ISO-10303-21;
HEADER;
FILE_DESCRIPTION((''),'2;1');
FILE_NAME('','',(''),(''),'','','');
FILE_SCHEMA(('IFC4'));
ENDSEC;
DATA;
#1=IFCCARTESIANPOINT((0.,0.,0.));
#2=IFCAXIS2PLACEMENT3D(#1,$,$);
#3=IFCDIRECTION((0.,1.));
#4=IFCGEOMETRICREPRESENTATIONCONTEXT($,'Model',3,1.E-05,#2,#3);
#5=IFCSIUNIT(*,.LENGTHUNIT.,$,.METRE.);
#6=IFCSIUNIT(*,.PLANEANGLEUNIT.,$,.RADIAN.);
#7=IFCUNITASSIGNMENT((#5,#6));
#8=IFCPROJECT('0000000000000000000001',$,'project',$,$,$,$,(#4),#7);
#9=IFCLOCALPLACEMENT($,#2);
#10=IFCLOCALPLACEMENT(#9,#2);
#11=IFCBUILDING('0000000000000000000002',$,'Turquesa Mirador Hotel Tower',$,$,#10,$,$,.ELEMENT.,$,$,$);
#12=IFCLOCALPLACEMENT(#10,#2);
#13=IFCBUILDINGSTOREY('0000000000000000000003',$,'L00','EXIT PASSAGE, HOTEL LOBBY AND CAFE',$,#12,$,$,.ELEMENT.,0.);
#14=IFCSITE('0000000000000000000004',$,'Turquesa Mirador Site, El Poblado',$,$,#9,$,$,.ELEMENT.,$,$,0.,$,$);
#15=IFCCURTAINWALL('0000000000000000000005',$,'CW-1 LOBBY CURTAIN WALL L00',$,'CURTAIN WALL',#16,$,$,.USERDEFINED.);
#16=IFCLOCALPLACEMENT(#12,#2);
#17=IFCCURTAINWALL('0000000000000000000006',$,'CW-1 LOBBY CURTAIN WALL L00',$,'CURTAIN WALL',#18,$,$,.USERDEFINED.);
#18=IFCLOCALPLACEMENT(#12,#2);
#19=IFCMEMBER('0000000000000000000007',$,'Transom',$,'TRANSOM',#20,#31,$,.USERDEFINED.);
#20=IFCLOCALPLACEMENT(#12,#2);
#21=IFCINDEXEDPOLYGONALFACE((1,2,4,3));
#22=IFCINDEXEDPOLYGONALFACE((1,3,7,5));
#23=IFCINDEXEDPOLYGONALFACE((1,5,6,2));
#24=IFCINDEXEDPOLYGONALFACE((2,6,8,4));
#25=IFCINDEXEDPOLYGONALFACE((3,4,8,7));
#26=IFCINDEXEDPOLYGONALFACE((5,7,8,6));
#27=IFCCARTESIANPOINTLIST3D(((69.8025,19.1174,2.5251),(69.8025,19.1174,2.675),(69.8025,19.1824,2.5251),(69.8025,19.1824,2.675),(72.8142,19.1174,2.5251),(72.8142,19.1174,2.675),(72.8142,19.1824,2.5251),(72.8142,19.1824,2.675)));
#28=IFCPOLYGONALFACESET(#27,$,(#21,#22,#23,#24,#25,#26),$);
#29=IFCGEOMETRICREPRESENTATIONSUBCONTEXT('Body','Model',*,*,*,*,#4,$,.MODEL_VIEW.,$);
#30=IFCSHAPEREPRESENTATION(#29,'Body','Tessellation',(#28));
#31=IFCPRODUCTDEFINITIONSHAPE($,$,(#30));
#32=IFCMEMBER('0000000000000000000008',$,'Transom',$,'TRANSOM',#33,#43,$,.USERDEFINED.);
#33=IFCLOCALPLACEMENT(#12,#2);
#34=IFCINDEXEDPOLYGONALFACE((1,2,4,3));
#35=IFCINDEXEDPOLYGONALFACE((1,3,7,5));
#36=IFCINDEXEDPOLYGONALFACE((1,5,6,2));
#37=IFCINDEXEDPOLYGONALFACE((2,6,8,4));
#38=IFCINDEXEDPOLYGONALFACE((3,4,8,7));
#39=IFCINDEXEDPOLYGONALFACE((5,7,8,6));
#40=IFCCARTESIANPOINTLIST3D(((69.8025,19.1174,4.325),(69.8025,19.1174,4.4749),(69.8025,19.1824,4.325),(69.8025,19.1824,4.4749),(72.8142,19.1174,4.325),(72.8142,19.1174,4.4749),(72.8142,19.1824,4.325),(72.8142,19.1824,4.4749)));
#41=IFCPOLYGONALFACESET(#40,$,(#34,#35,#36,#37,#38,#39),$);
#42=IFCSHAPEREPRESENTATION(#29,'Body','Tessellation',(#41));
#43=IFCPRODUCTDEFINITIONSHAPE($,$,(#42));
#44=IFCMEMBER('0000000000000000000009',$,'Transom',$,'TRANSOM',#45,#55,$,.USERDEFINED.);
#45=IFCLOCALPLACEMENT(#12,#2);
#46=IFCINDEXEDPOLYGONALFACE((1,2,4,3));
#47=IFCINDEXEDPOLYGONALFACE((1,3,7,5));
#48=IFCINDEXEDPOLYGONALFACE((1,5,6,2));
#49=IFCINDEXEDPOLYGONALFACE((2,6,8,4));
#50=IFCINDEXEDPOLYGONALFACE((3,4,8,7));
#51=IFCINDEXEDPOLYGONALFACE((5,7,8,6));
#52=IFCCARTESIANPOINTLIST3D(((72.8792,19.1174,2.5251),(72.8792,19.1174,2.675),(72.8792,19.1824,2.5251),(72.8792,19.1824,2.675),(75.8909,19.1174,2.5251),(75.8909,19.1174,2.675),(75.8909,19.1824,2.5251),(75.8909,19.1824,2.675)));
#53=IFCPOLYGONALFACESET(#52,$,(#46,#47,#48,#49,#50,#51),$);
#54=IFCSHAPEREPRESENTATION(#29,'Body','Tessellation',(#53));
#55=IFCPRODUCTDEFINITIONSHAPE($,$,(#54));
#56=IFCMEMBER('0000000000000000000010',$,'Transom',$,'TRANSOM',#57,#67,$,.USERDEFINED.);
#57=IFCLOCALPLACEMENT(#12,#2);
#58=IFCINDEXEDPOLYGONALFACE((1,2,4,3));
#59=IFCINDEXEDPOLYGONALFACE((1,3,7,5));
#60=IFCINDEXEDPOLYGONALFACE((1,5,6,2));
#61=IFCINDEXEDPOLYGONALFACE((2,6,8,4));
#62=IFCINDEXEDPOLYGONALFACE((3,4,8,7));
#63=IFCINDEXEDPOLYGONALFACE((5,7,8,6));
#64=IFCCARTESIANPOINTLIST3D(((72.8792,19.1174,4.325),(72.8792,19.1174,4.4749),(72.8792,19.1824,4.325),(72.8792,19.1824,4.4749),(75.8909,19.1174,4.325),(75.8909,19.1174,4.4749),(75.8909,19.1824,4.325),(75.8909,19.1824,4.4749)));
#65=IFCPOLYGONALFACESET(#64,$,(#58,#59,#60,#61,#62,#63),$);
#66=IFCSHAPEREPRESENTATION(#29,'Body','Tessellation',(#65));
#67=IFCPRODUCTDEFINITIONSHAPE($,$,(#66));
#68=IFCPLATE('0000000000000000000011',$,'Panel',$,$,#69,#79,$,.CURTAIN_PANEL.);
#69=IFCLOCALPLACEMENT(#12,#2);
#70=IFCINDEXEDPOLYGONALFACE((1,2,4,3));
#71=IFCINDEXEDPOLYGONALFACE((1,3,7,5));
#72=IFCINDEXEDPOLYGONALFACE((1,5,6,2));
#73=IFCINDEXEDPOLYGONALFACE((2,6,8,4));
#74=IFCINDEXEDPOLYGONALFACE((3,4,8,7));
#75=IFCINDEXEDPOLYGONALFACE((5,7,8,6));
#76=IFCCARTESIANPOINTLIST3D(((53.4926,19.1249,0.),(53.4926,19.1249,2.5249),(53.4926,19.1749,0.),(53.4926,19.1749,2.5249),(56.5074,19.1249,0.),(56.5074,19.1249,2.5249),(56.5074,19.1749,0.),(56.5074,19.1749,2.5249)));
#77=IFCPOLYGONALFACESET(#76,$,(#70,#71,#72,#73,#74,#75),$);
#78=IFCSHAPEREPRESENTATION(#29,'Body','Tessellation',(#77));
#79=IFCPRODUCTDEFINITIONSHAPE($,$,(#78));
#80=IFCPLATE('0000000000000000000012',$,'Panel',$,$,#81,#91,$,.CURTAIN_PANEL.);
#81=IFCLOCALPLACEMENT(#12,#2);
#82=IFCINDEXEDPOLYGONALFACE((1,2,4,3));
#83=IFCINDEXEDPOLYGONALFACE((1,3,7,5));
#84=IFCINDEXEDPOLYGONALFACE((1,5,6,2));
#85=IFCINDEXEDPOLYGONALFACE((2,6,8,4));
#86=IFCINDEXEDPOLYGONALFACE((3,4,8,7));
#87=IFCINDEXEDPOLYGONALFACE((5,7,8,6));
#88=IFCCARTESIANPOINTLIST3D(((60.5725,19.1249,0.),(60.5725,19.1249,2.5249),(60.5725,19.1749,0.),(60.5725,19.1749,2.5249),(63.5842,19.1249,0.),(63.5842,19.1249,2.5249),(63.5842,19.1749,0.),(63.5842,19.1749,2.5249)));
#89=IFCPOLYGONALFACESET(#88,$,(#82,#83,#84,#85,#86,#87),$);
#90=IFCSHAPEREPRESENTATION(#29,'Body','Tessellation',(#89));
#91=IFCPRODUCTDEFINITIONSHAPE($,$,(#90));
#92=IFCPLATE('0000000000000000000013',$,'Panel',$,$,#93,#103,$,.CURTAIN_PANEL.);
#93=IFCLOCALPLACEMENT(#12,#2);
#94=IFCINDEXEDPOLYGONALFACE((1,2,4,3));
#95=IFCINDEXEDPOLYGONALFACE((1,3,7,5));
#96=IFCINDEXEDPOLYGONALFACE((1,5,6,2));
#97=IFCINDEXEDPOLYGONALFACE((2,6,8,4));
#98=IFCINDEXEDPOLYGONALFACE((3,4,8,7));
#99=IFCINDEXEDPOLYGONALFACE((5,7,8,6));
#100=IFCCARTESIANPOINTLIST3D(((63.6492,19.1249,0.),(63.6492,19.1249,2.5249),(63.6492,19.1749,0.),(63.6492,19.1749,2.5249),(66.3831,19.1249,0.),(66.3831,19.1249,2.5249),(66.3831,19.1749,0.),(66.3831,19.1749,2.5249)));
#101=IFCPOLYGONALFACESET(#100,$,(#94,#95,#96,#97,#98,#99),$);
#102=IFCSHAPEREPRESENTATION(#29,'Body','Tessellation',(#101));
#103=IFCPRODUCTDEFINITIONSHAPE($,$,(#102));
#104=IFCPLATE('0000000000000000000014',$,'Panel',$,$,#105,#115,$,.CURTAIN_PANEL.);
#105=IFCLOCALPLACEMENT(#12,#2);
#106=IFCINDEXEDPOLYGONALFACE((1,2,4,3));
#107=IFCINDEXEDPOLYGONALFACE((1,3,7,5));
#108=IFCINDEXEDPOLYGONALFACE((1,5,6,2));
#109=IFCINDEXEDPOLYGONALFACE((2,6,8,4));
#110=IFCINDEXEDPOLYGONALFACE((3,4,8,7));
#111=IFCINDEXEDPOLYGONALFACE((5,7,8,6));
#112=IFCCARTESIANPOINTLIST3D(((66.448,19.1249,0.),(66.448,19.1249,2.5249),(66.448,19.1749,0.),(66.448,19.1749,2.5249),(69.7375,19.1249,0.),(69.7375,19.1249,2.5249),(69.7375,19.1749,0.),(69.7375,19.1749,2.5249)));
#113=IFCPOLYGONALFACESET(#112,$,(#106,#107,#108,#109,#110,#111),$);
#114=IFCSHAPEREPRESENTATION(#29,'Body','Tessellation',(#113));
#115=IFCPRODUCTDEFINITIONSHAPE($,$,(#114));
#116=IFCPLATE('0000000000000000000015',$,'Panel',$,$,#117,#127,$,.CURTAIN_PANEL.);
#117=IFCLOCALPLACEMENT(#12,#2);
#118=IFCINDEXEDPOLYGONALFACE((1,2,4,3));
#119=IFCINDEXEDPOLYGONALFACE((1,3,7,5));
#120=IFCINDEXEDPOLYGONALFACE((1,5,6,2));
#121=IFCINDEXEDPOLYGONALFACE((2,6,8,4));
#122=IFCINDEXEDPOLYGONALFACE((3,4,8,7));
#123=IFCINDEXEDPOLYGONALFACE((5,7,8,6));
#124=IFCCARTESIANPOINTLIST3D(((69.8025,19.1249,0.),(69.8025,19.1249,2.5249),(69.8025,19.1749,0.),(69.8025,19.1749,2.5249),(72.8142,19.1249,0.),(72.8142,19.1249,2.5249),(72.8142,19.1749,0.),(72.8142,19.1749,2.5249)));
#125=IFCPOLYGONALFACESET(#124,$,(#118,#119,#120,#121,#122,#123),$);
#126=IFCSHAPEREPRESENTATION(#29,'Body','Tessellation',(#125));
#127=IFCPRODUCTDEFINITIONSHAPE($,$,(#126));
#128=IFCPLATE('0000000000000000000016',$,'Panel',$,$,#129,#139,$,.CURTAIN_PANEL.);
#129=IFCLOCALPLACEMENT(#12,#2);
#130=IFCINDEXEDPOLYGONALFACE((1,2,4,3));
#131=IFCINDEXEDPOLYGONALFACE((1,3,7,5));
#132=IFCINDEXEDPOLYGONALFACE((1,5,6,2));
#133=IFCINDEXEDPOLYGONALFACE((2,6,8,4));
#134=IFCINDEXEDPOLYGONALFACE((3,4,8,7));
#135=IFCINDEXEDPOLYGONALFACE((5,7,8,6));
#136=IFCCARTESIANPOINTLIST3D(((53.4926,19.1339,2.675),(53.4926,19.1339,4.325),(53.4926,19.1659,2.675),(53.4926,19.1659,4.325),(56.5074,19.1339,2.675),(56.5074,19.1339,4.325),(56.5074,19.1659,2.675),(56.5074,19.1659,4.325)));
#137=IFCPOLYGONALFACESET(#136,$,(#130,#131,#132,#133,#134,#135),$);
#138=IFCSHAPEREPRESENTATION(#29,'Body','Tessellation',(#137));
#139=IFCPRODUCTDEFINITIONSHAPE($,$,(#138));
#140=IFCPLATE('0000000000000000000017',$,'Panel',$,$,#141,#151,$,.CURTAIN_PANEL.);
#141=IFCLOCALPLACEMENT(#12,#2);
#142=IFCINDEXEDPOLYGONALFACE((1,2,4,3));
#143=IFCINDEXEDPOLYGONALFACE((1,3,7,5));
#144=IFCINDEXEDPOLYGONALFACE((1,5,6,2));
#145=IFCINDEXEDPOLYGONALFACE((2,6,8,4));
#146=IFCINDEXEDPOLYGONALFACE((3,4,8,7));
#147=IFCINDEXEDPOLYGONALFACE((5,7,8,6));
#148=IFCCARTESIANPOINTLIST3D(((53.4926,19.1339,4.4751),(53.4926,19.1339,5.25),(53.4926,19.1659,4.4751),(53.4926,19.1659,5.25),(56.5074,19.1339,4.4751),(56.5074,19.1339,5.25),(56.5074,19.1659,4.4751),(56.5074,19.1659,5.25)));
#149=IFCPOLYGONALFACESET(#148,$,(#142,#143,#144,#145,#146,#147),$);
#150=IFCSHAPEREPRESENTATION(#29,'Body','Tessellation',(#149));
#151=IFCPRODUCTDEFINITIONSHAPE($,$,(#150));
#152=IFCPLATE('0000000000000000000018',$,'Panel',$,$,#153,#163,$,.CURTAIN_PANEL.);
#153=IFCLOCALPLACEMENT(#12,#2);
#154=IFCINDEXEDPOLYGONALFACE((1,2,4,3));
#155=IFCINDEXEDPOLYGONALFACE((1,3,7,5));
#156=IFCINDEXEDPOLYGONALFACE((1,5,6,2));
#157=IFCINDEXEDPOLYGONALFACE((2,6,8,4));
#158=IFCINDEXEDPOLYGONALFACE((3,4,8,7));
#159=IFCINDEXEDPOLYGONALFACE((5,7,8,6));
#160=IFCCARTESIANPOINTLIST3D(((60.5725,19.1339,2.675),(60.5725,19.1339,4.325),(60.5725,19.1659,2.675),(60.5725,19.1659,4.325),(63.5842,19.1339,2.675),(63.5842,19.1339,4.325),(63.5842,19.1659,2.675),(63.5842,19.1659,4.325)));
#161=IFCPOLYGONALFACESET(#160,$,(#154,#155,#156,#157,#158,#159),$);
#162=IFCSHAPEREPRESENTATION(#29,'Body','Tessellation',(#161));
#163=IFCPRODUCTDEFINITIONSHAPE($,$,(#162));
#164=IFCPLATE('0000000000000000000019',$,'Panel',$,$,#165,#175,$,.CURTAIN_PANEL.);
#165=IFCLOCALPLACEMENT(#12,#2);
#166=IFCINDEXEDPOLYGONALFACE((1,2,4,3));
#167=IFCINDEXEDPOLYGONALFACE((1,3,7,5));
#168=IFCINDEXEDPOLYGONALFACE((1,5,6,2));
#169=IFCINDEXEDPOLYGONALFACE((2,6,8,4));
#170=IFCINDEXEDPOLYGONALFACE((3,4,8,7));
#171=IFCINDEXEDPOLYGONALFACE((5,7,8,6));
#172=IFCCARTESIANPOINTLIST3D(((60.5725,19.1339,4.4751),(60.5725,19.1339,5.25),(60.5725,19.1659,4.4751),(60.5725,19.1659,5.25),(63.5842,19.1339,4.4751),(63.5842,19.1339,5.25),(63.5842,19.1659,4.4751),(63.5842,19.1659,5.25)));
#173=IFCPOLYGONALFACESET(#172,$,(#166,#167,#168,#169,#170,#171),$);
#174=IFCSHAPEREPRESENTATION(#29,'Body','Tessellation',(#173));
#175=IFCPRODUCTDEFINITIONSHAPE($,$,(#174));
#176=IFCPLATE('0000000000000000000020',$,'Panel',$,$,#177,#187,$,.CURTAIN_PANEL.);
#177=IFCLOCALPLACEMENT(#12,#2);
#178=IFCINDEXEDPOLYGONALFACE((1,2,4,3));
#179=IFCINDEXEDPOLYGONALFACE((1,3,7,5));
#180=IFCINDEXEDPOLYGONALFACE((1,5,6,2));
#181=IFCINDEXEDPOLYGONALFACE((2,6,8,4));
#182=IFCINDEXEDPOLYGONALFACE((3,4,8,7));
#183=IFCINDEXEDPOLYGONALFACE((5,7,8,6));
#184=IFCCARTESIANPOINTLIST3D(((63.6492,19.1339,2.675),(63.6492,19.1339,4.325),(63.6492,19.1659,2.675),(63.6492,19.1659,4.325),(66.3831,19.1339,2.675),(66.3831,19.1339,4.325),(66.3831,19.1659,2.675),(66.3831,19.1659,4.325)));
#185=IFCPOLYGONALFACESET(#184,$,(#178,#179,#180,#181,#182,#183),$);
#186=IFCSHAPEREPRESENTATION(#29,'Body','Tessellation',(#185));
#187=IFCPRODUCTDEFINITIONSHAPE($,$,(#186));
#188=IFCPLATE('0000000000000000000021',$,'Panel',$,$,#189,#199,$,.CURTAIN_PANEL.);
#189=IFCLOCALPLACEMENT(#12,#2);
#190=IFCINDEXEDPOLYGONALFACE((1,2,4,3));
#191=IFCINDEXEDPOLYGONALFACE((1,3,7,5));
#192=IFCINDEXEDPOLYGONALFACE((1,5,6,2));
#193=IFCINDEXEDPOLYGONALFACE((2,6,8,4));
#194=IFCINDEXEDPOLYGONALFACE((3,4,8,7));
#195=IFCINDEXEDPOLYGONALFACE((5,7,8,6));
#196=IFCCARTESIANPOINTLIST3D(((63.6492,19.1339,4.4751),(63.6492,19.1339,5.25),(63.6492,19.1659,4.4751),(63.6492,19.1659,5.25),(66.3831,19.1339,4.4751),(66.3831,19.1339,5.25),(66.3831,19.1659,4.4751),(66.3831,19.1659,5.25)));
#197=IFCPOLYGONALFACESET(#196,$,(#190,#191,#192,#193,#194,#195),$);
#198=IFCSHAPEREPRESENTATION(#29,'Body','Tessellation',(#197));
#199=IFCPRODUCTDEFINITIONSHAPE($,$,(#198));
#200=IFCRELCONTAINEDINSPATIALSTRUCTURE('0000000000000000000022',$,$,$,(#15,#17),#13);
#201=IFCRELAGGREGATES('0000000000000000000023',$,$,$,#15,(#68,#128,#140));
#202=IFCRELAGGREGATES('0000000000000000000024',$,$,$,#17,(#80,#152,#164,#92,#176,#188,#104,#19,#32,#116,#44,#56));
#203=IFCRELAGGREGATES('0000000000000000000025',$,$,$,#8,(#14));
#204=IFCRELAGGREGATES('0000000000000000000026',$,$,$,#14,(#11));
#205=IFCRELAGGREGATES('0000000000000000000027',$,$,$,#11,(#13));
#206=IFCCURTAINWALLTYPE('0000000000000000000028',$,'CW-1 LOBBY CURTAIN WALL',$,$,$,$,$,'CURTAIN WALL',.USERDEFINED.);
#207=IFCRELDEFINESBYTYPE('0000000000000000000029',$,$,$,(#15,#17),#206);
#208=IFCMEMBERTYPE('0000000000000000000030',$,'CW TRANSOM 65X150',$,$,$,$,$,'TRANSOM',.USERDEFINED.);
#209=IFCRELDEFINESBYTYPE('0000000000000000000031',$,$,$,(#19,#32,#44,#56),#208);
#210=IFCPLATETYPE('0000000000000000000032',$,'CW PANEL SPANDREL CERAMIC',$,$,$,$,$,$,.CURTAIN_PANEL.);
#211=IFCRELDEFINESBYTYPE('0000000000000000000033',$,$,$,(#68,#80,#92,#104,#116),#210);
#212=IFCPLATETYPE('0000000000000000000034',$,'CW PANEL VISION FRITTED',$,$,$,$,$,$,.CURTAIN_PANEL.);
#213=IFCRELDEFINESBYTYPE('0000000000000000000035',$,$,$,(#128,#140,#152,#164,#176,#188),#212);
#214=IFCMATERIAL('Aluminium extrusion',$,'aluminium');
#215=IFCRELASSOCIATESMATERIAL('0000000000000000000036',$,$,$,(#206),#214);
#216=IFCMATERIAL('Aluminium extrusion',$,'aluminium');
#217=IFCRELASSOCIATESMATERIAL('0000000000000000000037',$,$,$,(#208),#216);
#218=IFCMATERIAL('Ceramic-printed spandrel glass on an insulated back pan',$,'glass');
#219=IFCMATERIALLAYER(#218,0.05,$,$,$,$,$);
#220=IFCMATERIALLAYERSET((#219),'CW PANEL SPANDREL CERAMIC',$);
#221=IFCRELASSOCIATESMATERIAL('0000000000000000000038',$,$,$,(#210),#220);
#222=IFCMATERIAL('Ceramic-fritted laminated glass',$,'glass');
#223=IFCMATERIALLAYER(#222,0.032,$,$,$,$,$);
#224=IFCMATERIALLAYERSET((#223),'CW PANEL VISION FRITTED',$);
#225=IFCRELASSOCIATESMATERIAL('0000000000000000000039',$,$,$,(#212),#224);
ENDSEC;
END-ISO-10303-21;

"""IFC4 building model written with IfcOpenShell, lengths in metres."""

from ifc_helpers import new_model, si_unit, direction, frame, origin, origin_2d, place, context, subcontext, project, spatial, rectangle, extrude, material, layer, layer_set, material_profile, profile_set, type_object, element, aggregate, save


model = new_model("IFC4")

# Units and contexts
model_context = context("Model", 3, precision=1e-05, world=origin(), true_north=direction((0.0, 1.0)))
body_context = subcontext(model_context, "Body", "Model", "MODEL_VIEW")
ifc_project = project(units=[si_unit("LENGTHUNIT", "METRE"), si_unit("PLANEANGLEUNIT", "RADIAN")], contexts=[model_context])

# Site, building, storey
site_placement = place(None, origin())
site = spatial("IfcSite", under=ifc_project, at=site_placement, Name="Turquesa Mirador Site, El Poblado", CompositionType="ELEMENT", RefElevation=0.0)
building_placement = place(site_placement, origin())
building = spatial("IfcBuilding", under=site, at=building_placement, Name="Turquesa Mirador Hotel Tower", CompositionType="ELEMENT")
storey_placement = place(building_placement, origin())
storey = spatial("IfcBuildingStorey", under=building, at=storey_placement, Name="L00", Description="EXIT PASSAGE, HOTEL LOBBY AND CAFE", CompositionType="ELEMENT", Elevation=0.0)

# Curtain walls
ifc_material_1 = material(Name="Aluminium extrusion", Category="aluminium")
curtain_wall_type = type_object("IfcCurtainWallType", Name="CW-1 LOBBY CURTAIN WALL", ElementType="CURTAIN WALL", PredefinedType="USERDEFINED", material=ifc_material_1)
curtain_wall_1_placement = place(storey_placement, origin())
curtain_wall_1 = element("IfcCurtainWall", 1, at=curtain_wall_1_placement, inside=storey, type_object=curtain_wall_type, Name="CW-1 LOBBY CURTAIN WALL L00", ObjectType="CURTAIN WALL", PredefinedType="USERDEFINED")
curtain_wall_2_placement = place(storey_placement, origin())
curtain_wall_2 = element("IfcCurtainWall", 2, at=curtain_wall_2_placement, inside=storey, type_object=curtain_wall_type, Name="CW-1 LOBBY CURTAIN WALL L00", ObjectType="CURTAIN WALL", PredefinedType="USERDEFINED")

# Members
ifc_material_2 = material(Name="Aluminium extrusion", Category="aluminium")
ifc_material_profile_1 = material_profile(ifc_material_2, rectangle(XDim=0.0649, YDim=0.1499, at=origin_2d()), Name="TRANSOM 65X150")
ifc_profile_set_1 = profile_set([ifc_material_profile_1], Name="Aluminium extrusion")
member_type_1 = type_object("IfcMemberType", Name="CW TRANSOM 65X150", ElementType="TRANSOM", PredefinedType="USERDEFINED", material=ifc_profile_set_1)
member_1_placement = place(storey_placement, frame((69.8025, 19.1499, 2.6001), z_axis=(1.0, 0.0, 0.0), x_axis=(0.0, 1.0, 0.0)))
member_1 = element("IfcMember", 3, at=member_1_placement, type_object=member_type_1, Name="Transom", ObjectType="TRANSOM", PredefinedType="USERDEFINED", context=body_context, shape_type="SweptSolid", body=[
    extrude(rectangle(XDim=0.0649, YDim=0.1499, at=origin_2d()), origin(), (0.0, 0.0, 1.0), 3.0117),
])
member_2_placement = place(storey_placement, frame((69.8025, 19.1499, 4.3999), z_axis=(1.0, 0.0, 0.0), x_axis=(0.0, 1.0, 0.0)))
member_2 = element("IfcMember", 4, at=member_2_placement, type_object=member_type_1, Name="Transom", ObjectType="TRANSOM", PredefinedType="USERDEFINED", context=body_context, shape_type="SweptSolid", body=[
    extrude(rectangle(XDim=0.0649, YDim=0.1499, at=origin_2d()), origin(), (0.0, 0.0, 1.0), 3.0117),
])
member_3_placement = place(storey_placement, frame((72.8792, 19.1499, 2.6001), z_axis=(1.0, 0.0, 0.0), x_axis=(0.0, 1.0, 0.0)))
member_3 = element("IfcMember", 5, at=member_3_placement, type_object=member_type_1, Name="Transom", ObjectType="TRANSOM", PredefinedType="USERDEFINED", context=body_context, shape_type="SweptSolid", body=[
    extrude(rectangle(XDim=0.0649, YDim=0.1499, at=origin_2d()), origin(), (0.0, 0.0, 1.0), 3.0117),
])
member_4_placement = place(storey_placement, frame((72.8792, 19.1499, 4.3999), z_axis=(1.0, 0.0, 0.0), x_axis=(0.0, 1.0, 0.0)))
member_4 = element("IfcMember", 6, at=member_4_placement, type_object=member_type_1, Name="Transom", ObjectType="TRANSOM", PredefinedType="USERDEFINED", context=body_context, shape_type="SweptSolid", body=[
    extrude(rectangle(XDim=0.0649, YDim=0.1499, at=origin_2d()), origin(), (0.0, 0.0, 1.0), 3.0117),
])

# Plates
ifc_material_3 = material(Name="Ceramic-printed spandrel glass on an insulated back pan", Category="glass")
ifc_layer_1 = layer(ifc_material_3, 0.05)
ifc_layer_set_1 = layer_set([ifc_layer_1], Name="CW PANEL SPANDREL CERAMIC")
plate_type_1 = type_object("IfcPlateType", Name="CW PANEL SPANDREL CERAMIC", PredefinedType="CURTAIN_PANEL", material=ifc_layer_set_1)
plate_1_placement = place(storey_placement, frame((55.0, 19.1499, 0.0), z_axis=(0.0, 0.0, 1.0), x_axis=(1.0, 0.0, 0.0)))
plate_1 = element("IfcPlate", 7, at=plate_1_placement, type_object=plate_type_1, Name="Panel", PredefinedType="CURTAIN_PANEL", context=body_context, shape_type="SweptSolid", body=[
    extrude(rectangle(XDim=3.0149, YDim=0.05, at=origin_2d()), origin(), (0.0, 0.0, 1.0), 2.5249),
])
plate_2_placement = place(storey_placement, frame((62.0784, 19.1499, 0.0), z_axis=(0.0, 0.0, 1.0), x_axis=(1.0, 0.0, 0.0)))
plate_2 = element("IfcPlate", 8, at=plate_2_placement, type_object=plate_type_1, Name="Panel", PredefinedType="CURTAIN_PANEL", context=body_context, shape_type="SweptSolid", body=[
    extrude(rectangle(XDim=3.0117, YDim=0.05, at=origin_2d()), origin(), (0.0, 0.0, 1.0), 2.5249),
])
plate_3_placement = place(storey_placement, frame((65.0161, 19.1499, 0.0), z_axis=(0.0, 0.0, 1.0), x_axis=(1.0, 0.0, 0.0)))
plate_3 = element("IfcPlate", 9, at=plate_3_placement, type_object=plate_type_1, Name="Panel", PredefinedType="CURTAIN_PANEL", context=body_context, shape_type="SweptSolid", body=[
    extrude(rectangle(XDim=2.7339, YDim=0.05, at=origin_2d()), origin(), (0.0, 0.0, 1.0), 2.5249),
])
plate_4_placement = place(storey_placement, frame((68.0928, 19.1499, 0.0), z_axis=(0.0, 0.0, 1.0), x_axis=(1.0, 0.0, 0.0)))
plate_4 = element("IfcPlate", 10, at=plate_4_placement, type_object=plate_type_1, Name="Panel", PredefinedType="CURTAIN_PANEL", context=body_context, shape_type="SweptSolid", body=[
    extrude(rectangle(XDim=3.2896, YDim=0.05, at=origin_2d()), origin(), (0.0, 0.0, 1.0), 2.5249),
])
plate_5_placement = place(storey_placement, frame((71.3083, 19.1499, 0.0), z_axis=(0.0, 0.0, 1.0), x_axis=(1.0, 0.0, 0.0)))
plate_5 = element("IfcPlate", 11, at=plate_5_placement, type_object=plate_type_1, Name="Panel", PredefinedType="CURTAIN_PANEL", context=body_context, shape_type="SweptSolid", body=[
    extrude(rectangle(XDim=3.0117, YDim=0.05, at=origin_2d()), origin(), (0.0, 0.0, 1.0), 2.5249),
])
ifc_material_4 = material(Name="Ceramic-fritted laminated glass", Category="glass")
ifc_layer_2 = layer(ifc_material_4, 0.032)
ifc_layer_set_2 = layer_set([ifc_layer_2], Name="CW PANEL VISION FRITTED")
plate_type_2 = type_object("IfcPlateType", Name="CW PANEL VISION FRITTED", PredefinedType="CURTAIN_PANEL", material=ifc_layer_set_2)
plate_6_placement = place(storey_placement, frame((55.0, 19.1499, 2.675), z_axis=(0.0, 0.0, 1.0), x_axis=(1.0, 0.0, 0.0)))
plate_6 = element("IfcPlate", 12, at=plate_6_placement, type_object=plate_type_2, Name="Panel", PredefinedType="CURTAIN_PANEL", context=body_context, shape_type="SweptSolid", body=[
    extrude(rectangle(XDim=3.0149, YDim=0.032, at=origin_2d()), origin(), (0.0, 0.0, 1.0), 1.6499),
])
plate_7_placement = place(storey_placement, frame((55.0, 19.1499, 4.4751), z_axis=(0.0, 0.0, 1.0), x_axis=(1.0, 0.0, 0.0)))
plate_7 = element("IfcPlate", 13, at=plate_7_placement, type_object=plate_type_2, Name="Panel", PredefinedType="CURTAIN_PANEL", context=body_context, shape_type="SweptSolid", body=[
    extrude(rectangle(XDim=3.0149, YDim=0.032, at=origin_2d()), origin(), (0.0, 0.0, 1.0), 0.7749),
])
aggregate(curtain_wall_1, [plate_1, plate_6, plate_7])
plate_8_placement = place(storey_placement, frame((62.0784, 19.1499, 2.675), z_axis=(0.0, 0.0, 1.0), x_axis=(1.0, 0.0, 0.0)))
plate_8 = element("IfcPlate", 14, at=plate_8_placement, type_object=plate_type_2, Name="Panel", PredefinedType="CURTAIN_PANEL", context=body_context, shape_type="SweptSolid", body=[
    extrude(rectangle(XDim=3.0117, YDim=0.032, at=origin_2d()), origin(), (0.0, 0.0, 1.0), 1.6499),
])
plate_9_placement = place(storey_placement, frame((62.0784, 19.1499, 4.4751), z_axis=(0.0, 0.0, 1.0), x_axis=(1.0, 0.0, 0.0)))
plate_9 = element("IfcPlate", 15, at=plate_9_placement, type_object=plate_type_2, Name="Panel", PredefinedType="CURTAIN_PANEL", context=body_context, shape_type="SweptSolid", body=[
    extrude(rectangle(XDim=3.0117, YDim=0.032, at=origin_2d()), origin(), (0.0, 0.0, 1.0), 0.7749),
])
plate_10_placement = place(storey_placement, frame((65.0161, 19.1499, 2.675), z_axis=(0.0, 0.0, 1.0), x_axis=(1.0, 0.0, 0.0)))
plate_10 = element("IfcPlate", 16, at=plate_10_placement, type_object=plate_type_2, Name="Panel", PredefinedType="CURTAIN_PANEL", context=body_context, shape_type="SweptSolid", body=[
    extrude(rectangle(XDim=2.7339, YDim=0.032, at=origin_2d()), origin(), (0.0, 0.0, 1.0), 1.6499),
])
plate_11_placement = place(storey_placement, frame((65.0161, 19.1499, 4.4751), z_axis=(0.0, 0.0, 1.0), x_axis=(1.0, 0.0, 0.0)))
plate_11 = element("IfcPlate", 17, at=plate_11_placement, type_object=plate_type_2, Name="Panel", PredefinedType="CURTAIN_PANEL", context=body_context, shape_type="SweptSolid", body=[
    extrude(rectangle(XDim=2.7339, YDim=0.032, at=origin_2d()), origin(), (0.0, 0.0, 1.0), 0.7749),
])
aggregate(curtain_wall_2, [plate_2, plate_8, plate_9, plate_3, plate_10, plate_11, plate_4, member_1, member_2, plate_5, member_3, member_4])

save(model, "model.ifc")
